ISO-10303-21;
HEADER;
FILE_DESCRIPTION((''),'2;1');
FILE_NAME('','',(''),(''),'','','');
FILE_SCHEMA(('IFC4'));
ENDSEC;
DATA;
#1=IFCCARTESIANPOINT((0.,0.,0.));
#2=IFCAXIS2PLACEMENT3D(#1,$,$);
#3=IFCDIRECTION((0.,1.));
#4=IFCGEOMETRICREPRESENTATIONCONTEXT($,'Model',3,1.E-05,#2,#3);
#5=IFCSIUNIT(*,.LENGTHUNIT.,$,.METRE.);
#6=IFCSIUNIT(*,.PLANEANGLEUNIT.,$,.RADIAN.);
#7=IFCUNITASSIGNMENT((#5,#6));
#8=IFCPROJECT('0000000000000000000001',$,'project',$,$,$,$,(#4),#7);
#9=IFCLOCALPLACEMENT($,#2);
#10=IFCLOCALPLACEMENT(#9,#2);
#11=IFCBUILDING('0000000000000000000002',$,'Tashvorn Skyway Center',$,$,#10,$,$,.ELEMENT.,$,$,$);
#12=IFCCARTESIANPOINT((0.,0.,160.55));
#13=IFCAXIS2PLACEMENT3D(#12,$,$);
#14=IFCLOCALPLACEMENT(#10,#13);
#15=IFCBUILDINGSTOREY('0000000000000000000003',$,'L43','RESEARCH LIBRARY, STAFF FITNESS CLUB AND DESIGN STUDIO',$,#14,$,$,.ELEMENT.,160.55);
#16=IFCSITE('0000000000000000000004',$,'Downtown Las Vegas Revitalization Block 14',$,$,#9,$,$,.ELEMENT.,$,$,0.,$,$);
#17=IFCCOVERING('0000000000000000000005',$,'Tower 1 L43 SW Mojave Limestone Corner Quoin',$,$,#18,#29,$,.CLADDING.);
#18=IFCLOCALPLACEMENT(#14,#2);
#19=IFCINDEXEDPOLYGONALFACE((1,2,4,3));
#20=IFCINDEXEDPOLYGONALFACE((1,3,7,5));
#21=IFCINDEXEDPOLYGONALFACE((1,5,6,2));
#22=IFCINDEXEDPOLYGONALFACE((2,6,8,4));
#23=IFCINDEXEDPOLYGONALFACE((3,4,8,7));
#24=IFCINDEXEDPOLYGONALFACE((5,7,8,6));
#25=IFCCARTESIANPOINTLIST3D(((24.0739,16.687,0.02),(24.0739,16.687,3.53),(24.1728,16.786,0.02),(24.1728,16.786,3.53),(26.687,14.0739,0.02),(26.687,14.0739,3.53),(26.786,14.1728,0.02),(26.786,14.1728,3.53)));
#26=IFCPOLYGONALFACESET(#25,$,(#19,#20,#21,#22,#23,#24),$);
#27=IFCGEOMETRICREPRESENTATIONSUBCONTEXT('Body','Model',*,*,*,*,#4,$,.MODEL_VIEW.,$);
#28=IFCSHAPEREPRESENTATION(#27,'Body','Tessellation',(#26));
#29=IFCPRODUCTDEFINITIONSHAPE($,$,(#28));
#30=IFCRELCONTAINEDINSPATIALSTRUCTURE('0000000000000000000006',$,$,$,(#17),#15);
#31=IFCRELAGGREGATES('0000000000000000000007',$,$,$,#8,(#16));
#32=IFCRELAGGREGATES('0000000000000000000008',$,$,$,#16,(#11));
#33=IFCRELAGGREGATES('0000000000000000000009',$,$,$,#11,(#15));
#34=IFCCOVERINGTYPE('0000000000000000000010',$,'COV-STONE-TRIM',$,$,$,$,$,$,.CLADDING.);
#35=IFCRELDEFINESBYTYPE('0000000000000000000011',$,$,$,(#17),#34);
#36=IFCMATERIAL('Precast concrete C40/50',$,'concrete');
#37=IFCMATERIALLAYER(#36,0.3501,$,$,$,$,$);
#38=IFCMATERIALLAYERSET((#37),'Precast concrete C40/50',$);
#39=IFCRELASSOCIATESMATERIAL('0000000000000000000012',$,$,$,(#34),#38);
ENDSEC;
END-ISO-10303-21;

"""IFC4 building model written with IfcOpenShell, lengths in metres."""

from ifc_helpers import new_model, si_unit, direction, frame, origin, origin_2d, place, context, subcontext, project, spatial, rectangle, extrude, material, layer, layer_set, type_object, element, save


model = new_model("IFC4")

# Units and contexts
model_context = context("Model", 3, precision=1e-05, world=origin(), true_north=direction((0.0, 1.0)))
body_context = subcontext(model_context, "Body", "Model", "MODEL_VIEW")
ifc_project = project(units=[si_unit("LENGTHUNIT", "METRE"), si_unit("PLANEANGLEUNIT", "RADIAN")], contexts=[model_context])

# Site, building, storey
site_placement = place(None, origin())
site = spatial("IfcSite", under=ifc_project, at=site_placement, Name="Downtown Las Vegas Revitalization Block 14", CompositionType="ELEMENT", RefElevation=0.0)
building_placement = place(site_placement, origin())
building = spatial("IfcBuilding", under=site, at=building_placement, Name="Tashvorn Skyway Center", CompositionType="ELEMENT")
storey_placement = place(building_placement, frame((0.0, 0.0, 160.55)))
storey = spatial("IfcBuildingStorey", under=building, at=storey_placement, Name="L43", Description="RESEARCH LIBRARY, STAFF FITNESS CLUB AND DESIGN STUDIO", CompositionType="ELEMENT", Elevation=160.55)

# Shared definitions
ifc_material_1 = material(Name="Precast concrete C40/50", Category="concrete")

# Covering
ifc_layer_1 = layer(ifc_material_1, 0.3501)
ifc_layer_set_1 = layer_set([ifc_layer_1], Name="Precast concrete C40/50")
covering_type_1 = type_object("IfcCoveringType", Name="COV-STONE-TRIM", PredefinedType="CLADDING", material=ifc_layer_set_1)
covering_1_placement = place(storey_placement, frame((25.4299, 15.4299, 0.02), z_axis=(0.0, 0.0, 1.0), x_axis=(-0.707107, 0.707107, 0.0)))
element("IfcCovering", 1, at=covering_1_placement, inside=storey, type_object=covering_type_1, Name="Tower 1 L43 SW Mojave Limestone Corner Quoin", PredefinedType="CLADDING", context=body_context, shape_type="SweptSolid", body=[
    extrude(rectangle(XDim=3.6956, YDim=0.1399, at=origin_2d()), origin(), (0.0, 0.0, 1.0), 3.51),
])

save(model, "model.ifc")
